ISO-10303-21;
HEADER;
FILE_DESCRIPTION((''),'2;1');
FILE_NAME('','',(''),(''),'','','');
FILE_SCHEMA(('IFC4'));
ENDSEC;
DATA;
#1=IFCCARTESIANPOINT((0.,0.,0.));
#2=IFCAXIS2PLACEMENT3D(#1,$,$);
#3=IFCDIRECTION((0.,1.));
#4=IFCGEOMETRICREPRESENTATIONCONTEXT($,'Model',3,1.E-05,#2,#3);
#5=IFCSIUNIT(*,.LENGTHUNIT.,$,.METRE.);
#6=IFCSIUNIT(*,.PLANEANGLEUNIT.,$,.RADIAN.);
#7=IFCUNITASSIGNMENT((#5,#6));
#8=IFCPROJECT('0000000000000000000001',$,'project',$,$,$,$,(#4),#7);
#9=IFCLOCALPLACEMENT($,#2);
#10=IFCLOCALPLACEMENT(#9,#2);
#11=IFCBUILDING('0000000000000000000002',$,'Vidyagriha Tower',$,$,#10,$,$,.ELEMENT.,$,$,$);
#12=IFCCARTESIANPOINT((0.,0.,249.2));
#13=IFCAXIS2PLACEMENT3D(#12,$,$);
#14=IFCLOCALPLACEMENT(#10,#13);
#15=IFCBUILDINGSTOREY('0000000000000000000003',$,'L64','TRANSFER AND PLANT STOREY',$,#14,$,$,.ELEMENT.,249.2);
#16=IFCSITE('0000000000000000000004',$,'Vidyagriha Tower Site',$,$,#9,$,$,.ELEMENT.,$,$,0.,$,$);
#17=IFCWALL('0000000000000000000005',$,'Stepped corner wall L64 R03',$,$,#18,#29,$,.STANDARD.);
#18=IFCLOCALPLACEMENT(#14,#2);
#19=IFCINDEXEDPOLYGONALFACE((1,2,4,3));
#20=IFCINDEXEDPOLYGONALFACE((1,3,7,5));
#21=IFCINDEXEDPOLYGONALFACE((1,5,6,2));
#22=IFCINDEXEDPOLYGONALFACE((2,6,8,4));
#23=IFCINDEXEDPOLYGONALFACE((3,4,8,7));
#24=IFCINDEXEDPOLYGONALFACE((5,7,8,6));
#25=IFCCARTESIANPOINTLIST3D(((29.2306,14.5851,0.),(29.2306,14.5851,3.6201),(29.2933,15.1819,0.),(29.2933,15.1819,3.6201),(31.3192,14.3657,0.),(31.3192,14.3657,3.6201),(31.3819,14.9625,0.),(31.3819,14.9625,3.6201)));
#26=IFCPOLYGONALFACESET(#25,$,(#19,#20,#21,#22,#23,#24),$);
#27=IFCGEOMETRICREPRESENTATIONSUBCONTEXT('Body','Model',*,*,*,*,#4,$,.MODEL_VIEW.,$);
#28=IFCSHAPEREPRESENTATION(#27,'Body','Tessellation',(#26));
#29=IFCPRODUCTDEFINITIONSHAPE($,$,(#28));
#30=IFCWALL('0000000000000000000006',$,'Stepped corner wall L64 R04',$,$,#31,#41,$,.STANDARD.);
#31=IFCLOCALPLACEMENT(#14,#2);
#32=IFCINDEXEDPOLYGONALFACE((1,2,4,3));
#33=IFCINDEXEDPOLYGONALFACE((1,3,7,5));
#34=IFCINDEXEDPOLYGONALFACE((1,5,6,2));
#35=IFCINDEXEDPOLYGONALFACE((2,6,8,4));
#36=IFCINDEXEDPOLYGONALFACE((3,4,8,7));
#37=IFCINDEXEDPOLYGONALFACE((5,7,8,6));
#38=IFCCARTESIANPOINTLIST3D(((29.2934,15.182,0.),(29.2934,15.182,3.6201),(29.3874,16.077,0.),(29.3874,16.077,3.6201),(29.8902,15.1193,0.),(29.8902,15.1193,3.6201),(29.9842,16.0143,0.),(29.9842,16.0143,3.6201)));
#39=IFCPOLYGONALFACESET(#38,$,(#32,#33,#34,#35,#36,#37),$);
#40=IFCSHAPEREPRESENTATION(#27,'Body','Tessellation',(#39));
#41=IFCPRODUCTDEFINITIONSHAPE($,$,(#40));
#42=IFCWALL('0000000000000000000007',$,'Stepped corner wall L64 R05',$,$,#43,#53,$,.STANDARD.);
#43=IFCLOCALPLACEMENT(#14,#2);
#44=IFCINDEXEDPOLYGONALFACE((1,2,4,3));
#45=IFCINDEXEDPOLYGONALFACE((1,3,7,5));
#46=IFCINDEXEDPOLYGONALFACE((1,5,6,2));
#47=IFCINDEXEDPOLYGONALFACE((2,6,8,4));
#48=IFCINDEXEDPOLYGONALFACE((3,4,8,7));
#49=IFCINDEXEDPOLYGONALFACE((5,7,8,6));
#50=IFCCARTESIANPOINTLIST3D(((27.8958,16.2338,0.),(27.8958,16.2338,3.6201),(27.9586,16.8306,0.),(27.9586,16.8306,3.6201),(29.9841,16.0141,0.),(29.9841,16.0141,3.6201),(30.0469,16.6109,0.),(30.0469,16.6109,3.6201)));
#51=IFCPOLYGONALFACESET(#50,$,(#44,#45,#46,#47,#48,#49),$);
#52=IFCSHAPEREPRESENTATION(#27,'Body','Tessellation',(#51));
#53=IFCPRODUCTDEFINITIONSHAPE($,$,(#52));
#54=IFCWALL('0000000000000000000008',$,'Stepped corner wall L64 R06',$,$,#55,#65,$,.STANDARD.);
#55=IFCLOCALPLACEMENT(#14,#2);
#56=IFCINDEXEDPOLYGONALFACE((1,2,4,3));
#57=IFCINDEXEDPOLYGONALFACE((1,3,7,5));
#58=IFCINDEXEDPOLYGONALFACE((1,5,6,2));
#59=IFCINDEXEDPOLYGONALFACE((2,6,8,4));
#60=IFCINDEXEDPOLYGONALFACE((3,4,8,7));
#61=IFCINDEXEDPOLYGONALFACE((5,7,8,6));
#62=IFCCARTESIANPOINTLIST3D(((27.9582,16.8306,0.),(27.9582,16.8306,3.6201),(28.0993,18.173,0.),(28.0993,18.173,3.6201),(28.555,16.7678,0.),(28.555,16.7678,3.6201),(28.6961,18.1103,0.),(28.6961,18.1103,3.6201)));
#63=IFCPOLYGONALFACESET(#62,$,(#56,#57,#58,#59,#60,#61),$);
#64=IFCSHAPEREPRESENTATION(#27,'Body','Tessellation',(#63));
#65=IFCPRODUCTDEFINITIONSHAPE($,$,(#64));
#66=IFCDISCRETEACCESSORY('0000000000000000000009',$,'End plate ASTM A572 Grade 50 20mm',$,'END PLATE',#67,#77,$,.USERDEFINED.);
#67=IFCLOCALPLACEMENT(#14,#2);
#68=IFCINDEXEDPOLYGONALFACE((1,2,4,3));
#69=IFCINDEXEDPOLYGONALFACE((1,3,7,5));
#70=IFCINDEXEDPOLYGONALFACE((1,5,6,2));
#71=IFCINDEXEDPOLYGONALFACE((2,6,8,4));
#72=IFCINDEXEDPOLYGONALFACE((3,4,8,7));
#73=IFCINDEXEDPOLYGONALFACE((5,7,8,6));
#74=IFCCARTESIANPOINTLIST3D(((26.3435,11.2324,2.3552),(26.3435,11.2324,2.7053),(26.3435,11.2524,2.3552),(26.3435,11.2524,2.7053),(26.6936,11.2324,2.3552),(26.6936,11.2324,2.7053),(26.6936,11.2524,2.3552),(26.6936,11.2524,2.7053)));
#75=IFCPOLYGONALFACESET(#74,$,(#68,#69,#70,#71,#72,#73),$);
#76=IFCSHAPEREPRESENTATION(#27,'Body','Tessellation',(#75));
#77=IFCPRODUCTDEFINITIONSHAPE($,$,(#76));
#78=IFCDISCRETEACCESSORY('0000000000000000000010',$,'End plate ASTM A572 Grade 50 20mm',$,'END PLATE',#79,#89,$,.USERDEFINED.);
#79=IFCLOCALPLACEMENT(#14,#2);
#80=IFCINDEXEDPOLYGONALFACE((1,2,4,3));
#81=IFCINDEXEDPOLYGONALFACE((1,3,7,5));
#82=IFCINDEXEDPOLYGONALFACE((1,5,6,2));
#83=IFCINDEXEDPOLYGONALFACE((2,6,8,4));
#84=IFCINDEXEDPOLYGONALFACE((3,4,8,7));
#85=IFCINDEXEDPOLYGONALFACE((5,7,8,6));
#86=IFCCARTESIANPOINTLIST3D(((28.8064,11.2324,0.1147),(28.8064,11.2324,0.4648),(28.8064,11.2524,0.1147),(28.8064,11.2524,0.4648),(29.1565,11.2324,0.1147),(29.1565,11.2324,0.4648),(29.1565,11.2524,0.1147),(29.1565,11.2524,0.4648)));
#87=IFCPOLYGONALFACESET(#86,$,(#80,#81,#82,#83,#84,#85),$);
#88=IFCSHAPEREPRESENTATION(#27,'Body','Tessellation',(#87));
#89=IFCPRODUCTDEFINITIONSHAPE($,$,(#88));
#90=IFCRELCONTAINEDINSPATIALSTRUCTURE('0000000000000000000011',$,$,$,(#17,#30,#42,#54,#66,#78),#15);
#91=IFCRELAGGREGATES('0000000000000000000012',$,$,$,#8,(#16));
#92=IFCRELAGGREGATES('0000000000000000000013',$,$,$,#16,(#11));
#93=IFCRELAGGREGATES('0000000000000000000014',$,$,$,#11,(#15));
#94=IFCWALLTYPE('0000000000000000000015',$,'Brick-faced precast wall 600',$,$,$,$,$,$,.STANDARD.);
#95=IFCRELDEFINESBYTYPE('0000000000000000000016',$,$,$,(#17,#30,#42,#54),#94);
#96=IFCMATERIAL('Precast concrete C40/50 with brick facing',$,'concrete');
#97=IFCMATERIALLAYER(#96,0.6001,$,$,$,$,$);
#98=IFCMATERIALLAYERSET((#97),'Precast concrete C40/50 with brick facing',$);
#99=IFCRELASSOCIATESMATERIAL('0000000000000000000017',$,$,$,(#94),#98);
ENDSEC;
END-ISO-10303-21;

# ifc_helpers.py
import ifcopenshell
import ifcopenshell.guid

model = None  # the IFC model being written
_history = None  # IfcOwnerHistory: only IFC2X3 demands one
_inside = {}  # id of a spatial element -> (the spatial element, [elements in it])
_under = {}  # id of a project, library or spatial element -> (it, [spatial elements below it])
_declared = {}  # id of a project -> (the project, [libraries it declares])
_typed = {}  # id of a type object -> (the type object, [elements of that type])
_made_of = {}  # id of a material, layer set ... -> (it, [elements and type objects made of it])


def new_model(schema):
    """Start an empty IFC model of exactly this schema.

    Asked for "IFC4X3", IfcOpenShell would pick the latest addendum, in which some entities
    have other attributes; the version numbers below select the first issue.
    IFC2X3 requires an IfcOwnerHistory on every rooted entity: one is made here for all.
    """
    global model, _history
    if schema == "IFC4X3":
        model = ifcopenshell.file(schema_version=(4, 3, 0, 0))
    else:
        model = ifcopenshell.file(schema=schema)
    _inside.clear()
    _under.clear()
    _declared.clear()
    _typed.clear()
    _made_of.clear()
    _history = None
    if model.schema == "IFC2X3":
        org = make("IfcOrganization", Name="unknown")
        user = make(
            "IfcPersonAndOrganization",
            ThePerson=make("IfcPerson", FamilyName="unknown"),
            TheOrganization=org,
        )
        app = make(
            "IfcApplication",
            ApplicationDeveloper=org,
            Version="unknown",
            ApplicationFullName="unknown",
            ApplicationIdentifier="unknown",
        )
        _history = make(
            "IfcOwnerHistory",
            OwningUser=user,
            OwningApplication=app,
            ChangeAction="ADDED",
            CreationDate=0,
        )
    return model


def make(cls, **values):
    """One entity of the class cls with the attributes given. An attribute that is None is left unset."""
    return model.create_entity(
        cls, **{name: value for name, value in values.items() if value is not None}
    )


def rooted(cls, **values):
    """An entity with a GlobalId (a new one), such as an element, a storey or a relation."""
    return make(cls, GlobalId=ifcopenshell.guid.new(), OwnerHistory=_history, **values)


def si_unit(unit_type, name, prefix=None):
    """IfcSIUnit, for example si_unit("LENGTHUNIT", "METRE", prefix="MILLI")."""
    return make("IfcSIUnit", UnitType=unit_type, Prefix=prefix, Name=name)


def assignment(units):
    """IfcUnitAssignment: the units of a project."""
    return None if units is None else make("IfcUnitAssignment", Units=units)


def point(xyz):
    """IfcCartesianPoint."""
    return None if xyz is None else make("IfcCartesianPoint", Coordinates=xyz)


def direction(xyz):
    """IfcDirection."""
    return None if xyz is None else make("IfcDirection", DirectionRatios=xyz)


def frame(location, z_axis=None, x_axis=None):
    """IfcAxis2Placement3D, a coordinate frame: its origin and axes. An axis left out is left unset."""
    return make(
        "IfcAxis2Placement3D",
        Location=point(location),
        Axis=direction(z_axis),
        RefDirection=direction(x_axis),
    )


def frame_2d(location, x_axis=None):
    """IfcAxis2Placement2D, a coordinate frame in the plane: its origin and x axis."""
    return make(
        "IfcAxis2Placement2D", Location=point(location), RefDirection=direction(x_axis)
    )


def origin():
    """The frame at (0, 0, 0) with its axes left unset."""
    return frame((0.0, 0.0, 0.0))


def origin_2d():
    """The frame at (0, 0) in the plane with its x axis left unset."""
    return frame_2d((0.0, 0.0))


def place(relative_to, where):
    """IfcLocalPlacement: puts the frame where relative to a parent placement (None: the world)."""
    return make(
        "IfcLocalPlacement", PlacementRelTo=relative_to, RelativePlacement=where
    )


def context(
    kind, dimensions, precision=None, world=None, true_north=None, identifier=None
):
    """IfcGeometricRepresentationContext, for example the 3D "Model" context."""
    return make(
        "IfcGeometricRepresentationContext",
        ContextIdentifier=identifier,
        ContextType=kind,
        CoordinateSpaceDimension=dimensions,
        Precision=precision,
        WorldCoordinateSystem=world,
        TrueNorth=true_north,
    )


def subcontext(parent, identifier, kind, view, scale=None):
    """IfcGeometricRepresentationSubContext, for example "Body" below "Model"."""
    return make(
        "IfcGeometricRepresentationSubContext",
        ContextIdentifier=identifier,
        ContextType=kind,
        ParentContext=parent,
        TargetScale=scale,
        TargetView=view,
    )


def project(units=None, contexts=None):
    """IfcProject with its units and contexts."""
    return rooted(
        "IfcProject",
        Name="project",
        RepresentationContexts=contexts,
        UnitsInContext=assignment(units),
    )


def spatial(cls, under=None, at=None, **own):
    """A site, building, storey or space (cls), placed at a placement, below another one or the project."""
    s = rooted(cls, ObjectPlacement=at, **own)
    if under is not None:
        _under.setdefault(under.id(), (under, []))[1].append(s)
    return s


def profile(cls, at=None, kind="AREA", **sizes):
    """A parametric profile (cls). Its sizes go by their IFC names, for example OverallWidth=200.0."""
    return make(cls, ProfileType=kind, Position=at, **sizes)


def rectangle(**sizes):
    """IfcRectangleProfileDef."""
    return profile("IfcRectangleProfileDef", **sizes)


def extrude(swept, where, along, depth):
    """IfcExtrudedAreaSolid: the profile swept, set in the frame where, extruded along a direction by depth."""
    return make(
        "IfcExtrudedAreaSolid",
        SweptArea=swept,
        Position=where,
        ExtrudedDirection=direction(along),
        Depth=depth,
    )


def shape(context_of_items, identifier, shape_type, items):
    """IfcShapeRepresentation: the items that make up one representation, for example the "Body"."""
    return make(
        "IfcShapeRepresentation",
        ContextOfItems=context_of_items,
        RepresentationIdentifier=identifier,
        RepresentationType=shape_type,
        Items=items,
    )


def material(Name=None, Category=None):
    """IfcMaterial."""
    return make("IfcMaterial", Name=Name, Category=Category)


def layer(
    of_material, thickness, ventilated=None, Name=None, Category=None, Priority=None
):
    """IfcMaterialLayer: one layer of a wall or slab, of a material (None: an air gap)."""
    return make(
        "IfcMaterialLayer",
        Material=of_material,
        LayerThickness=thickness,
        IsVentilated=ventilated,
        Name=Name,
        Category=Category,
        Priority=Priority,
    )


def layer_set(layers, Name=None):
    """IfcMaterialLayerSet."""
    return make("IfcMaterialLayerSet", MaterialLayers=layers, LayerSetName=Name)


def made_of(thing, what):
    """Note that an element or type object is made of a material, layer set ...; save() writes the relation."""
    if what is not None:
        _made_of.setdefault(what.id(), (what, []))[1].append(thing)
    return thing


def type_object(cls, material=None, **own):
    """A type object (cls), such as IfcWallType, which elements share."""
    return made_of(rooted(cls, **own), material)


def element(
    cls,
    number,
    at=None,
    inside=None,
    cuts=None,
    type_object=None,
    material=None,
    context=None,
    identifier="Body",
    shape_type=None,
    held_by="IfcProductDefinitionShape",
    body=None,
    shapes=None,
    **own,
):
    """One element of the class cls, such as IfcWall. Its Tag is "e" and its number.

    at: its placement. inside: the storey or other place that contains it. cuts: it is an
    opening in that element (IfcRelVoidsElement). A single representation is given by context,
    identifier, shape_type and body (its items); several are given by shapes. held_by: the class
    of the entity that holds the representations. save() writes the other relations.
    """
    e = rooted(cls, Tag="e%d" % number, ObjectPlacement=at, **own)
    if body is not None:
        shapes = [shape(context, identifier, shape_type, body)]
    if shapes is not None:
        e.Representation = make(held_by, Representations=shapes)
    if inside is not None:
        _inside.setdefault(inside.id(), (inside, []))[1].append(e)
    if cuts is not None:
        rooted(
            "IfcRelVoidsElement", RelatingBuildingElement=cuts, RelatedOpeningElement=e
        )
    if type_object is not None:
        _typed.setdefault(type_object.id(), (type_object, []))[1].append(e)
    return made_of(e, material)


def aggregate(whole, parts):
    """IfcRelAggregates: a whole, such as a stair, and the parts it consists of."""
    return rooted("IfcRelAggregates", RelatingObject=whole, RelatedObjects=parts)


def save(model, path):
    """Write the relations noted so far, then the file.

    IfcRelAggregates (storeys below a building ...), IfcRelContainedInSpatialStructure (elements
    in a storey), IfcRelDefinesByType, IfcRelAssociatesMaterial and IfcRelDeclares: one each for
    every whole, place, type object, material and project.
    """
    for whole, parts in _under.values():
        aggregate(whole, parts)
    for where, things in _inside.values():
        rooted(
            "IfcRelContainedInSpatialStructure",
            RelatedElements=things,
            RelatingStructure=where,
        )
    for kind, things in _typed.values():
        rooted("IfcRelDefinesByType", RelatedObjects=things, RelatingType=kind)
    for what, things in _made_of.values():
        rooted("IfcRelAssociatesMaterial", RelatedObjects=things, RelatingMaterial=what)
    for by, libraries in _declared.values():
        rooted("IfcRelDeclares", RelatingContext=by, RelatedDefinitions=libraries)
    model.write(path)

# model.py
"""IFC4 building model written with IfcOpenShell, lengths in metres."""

from ifc_helpers import new_model, si_unit, direction, frame, frame_2d, origin, origin_2d, place, context, subcontext, project, spatial, rectangle, extrude, material, layer, layer_set, type_object, element, save


model = new_model("IFC4")

# Units and contexts
model_context = context("Model", 3, precision=1e-05, world=origin(), true_north=direction((0.0, 1.0)))
body_context = subcontext(model_context, "Body", "Model", "MODEL_VIEW")
ifc_project = project(units=[si_unit("LENGTHUNIT", "METRE"), si_unit("PLANEANGLEUNIT", "RADIAN")], contexts=[model_context])

# Site, building, storey
site_placement = place(None, origin())
site = spatial("IfcSite", under=ifc_project, at=site_placement, Name="Vidyagriha Tower Site", CompositionType="ELEMENT", RefElevation=0.0)
building_placement = place(site_placement, origin())
building = spatial("IfcBuilding", under=site, at=building_placement, Name="Vidyagriha Tower", CompositionType="ELEMENT")
storey_placement = place(building_placement, frame((0.0, 0.0, 249.2)))
storey = spatial("IfcBuildingStorey", under=building, at=storey_placement, Name="L64", Description="TRANSFER AND PLANT STOREY", CompositionType="ELEMENT", Elevation=249.2)

# Walls
ifc_material_1 = material(Name="Precast concrete C40/50 with brick facing", Category="concrete")
ifc_layer_1 = layer(ifc_material_1, 0.6001)
ifc_layer_set_1 = layer_set([ifc_layer_1], Name="Precast concrete C40/50 with brick facing")
wall_type_1 = type_object("IfcWallType", Name="Brick-faced precast wall 600", PredefinedType="STANDARD", material=ifc_layer_set_1)
wall_1_placement = place(storey_placement, frame((31.3506, 14.6641, 0.0), z_axis=(0.0, 0.0, 1.0), x_axis=(-0.994524, 0.104509, 0.0)))
element("IfcWall", 1, at=wall_1_placement, inside=storey, type_object=wall_type_1, Name="Stepped corner wall L64 R03", PredefinedType="STANDARD", context=body_context, shape_type="SweptSolid", body=[
    extrude(rectangle(XDim=2.1001, YDim=0.6001, at=frame_2d((1.05, 0.0))), origin(), (0.0, 0.0, 1.0), 3.6201),
])
wall_2_placement = place(storey_placement, frame((29.5918, 15.1506, 0.0), z_axis=(0.0, 0.0, 1.0), x_axis=(0.104445, 0.994531, 0.0)))
element("IfcWall", 2, at=wall_2_placement, inside=storey, type_object=wall_type_1, Name="Stepped corner wall L64 R04", PredefinedType="STANDARD", context=body_context, shape_type="SweptSolid", body=[
    extrude(rectangle(XDim=0.8999, YDim=0.6001, at=frame_2d((0.45, 0.0))), origin(), (0.0, 0.0, 1.0), 3.6201),
])
wall_3_placement = place(storey_placement, frame((30.0154, 16.3125, 0.0), z_axis=(0.0, 0.0, 1.0), x_axis=(-0.994511, 0.104636, 0.0)))
element("IfcWall", 3, at=wall_3_placement, inside=storey, type_object=wall_type_1, Name="Stepped corner wall L64 R05", PredefinedType="STANDARD", context=body_context, shape_type="SweptSolid", body=[
    extrude(rectangle(XDim=2.0999, YDim=0.6001, at=frame_2d((1.0498, 0.0))), origin(), (0.0, 0.0, 1.0), 3.6201),
])
wall_4_placement = place(storey_placement, frame((28.2566, 16.7993, 0.0), z_axis=(0.0, 0.0, 1.0), x_axis=(0.104534, 0.994521, 0.0)))
element("IfcWall", 4, at=wall_4_placement, inside=storey, type_object=wall_type_1, Name="Stepped corner wall L64 R06", PredefinedType="STANDARD", context=body_context, shape_type="SweptSolid", body=[
    extrude(rectangle(XDim=1.3499, YDim=0.6001, at=frame_2d((0.6748, 0.0))), origin(), (0.0, 0.0, 1.0), 3.6201),
])

# Discrete accessories
discrete_accessory_1_placement = place(storey_placement, frame((26.5186, 11.2424, 2.3552), z_axis=(0.0, 0.0, 1.0), x_axis=(-1.0, 0.0, 0.0)))
element("IfcDiscreteAccessory", 5, at=discrete_accessory_1_placement, inside=storey, Name="End plate ASTM A572 Grade 50 20mm", ObjectType="END PLATE", PredefinedType="USERDEFINED", context=body_context, shape_type="SweptSolid", body=[
    extrude(rectangle(XDim=0.3501, YDim=0.02, at=origin_2d()), origin(), (0.0, 0.0, 1.0), 0.3501),
])
discrete_accessory_2_placement = place(storey_placement, frame((28.9814, 11.2424, 0.1147)))
element("IfcDiscreteAccessory", 6, at=discrete_accessory_2_placement, inside=storey, Name="End plate ASTM A572 Grade 50 20mm", ObjectType="END PLATE", PredefinedType="USERDEFINED", context=body_context, shape_type="SweptSolid", body=[
    extrude(rectangle(XDim=0.3501, YDim=0.02, at=origin_2d()), origin(), (0.0, 0.0, 1.0), 0.3501),
])

save(model, "model.ifc")
